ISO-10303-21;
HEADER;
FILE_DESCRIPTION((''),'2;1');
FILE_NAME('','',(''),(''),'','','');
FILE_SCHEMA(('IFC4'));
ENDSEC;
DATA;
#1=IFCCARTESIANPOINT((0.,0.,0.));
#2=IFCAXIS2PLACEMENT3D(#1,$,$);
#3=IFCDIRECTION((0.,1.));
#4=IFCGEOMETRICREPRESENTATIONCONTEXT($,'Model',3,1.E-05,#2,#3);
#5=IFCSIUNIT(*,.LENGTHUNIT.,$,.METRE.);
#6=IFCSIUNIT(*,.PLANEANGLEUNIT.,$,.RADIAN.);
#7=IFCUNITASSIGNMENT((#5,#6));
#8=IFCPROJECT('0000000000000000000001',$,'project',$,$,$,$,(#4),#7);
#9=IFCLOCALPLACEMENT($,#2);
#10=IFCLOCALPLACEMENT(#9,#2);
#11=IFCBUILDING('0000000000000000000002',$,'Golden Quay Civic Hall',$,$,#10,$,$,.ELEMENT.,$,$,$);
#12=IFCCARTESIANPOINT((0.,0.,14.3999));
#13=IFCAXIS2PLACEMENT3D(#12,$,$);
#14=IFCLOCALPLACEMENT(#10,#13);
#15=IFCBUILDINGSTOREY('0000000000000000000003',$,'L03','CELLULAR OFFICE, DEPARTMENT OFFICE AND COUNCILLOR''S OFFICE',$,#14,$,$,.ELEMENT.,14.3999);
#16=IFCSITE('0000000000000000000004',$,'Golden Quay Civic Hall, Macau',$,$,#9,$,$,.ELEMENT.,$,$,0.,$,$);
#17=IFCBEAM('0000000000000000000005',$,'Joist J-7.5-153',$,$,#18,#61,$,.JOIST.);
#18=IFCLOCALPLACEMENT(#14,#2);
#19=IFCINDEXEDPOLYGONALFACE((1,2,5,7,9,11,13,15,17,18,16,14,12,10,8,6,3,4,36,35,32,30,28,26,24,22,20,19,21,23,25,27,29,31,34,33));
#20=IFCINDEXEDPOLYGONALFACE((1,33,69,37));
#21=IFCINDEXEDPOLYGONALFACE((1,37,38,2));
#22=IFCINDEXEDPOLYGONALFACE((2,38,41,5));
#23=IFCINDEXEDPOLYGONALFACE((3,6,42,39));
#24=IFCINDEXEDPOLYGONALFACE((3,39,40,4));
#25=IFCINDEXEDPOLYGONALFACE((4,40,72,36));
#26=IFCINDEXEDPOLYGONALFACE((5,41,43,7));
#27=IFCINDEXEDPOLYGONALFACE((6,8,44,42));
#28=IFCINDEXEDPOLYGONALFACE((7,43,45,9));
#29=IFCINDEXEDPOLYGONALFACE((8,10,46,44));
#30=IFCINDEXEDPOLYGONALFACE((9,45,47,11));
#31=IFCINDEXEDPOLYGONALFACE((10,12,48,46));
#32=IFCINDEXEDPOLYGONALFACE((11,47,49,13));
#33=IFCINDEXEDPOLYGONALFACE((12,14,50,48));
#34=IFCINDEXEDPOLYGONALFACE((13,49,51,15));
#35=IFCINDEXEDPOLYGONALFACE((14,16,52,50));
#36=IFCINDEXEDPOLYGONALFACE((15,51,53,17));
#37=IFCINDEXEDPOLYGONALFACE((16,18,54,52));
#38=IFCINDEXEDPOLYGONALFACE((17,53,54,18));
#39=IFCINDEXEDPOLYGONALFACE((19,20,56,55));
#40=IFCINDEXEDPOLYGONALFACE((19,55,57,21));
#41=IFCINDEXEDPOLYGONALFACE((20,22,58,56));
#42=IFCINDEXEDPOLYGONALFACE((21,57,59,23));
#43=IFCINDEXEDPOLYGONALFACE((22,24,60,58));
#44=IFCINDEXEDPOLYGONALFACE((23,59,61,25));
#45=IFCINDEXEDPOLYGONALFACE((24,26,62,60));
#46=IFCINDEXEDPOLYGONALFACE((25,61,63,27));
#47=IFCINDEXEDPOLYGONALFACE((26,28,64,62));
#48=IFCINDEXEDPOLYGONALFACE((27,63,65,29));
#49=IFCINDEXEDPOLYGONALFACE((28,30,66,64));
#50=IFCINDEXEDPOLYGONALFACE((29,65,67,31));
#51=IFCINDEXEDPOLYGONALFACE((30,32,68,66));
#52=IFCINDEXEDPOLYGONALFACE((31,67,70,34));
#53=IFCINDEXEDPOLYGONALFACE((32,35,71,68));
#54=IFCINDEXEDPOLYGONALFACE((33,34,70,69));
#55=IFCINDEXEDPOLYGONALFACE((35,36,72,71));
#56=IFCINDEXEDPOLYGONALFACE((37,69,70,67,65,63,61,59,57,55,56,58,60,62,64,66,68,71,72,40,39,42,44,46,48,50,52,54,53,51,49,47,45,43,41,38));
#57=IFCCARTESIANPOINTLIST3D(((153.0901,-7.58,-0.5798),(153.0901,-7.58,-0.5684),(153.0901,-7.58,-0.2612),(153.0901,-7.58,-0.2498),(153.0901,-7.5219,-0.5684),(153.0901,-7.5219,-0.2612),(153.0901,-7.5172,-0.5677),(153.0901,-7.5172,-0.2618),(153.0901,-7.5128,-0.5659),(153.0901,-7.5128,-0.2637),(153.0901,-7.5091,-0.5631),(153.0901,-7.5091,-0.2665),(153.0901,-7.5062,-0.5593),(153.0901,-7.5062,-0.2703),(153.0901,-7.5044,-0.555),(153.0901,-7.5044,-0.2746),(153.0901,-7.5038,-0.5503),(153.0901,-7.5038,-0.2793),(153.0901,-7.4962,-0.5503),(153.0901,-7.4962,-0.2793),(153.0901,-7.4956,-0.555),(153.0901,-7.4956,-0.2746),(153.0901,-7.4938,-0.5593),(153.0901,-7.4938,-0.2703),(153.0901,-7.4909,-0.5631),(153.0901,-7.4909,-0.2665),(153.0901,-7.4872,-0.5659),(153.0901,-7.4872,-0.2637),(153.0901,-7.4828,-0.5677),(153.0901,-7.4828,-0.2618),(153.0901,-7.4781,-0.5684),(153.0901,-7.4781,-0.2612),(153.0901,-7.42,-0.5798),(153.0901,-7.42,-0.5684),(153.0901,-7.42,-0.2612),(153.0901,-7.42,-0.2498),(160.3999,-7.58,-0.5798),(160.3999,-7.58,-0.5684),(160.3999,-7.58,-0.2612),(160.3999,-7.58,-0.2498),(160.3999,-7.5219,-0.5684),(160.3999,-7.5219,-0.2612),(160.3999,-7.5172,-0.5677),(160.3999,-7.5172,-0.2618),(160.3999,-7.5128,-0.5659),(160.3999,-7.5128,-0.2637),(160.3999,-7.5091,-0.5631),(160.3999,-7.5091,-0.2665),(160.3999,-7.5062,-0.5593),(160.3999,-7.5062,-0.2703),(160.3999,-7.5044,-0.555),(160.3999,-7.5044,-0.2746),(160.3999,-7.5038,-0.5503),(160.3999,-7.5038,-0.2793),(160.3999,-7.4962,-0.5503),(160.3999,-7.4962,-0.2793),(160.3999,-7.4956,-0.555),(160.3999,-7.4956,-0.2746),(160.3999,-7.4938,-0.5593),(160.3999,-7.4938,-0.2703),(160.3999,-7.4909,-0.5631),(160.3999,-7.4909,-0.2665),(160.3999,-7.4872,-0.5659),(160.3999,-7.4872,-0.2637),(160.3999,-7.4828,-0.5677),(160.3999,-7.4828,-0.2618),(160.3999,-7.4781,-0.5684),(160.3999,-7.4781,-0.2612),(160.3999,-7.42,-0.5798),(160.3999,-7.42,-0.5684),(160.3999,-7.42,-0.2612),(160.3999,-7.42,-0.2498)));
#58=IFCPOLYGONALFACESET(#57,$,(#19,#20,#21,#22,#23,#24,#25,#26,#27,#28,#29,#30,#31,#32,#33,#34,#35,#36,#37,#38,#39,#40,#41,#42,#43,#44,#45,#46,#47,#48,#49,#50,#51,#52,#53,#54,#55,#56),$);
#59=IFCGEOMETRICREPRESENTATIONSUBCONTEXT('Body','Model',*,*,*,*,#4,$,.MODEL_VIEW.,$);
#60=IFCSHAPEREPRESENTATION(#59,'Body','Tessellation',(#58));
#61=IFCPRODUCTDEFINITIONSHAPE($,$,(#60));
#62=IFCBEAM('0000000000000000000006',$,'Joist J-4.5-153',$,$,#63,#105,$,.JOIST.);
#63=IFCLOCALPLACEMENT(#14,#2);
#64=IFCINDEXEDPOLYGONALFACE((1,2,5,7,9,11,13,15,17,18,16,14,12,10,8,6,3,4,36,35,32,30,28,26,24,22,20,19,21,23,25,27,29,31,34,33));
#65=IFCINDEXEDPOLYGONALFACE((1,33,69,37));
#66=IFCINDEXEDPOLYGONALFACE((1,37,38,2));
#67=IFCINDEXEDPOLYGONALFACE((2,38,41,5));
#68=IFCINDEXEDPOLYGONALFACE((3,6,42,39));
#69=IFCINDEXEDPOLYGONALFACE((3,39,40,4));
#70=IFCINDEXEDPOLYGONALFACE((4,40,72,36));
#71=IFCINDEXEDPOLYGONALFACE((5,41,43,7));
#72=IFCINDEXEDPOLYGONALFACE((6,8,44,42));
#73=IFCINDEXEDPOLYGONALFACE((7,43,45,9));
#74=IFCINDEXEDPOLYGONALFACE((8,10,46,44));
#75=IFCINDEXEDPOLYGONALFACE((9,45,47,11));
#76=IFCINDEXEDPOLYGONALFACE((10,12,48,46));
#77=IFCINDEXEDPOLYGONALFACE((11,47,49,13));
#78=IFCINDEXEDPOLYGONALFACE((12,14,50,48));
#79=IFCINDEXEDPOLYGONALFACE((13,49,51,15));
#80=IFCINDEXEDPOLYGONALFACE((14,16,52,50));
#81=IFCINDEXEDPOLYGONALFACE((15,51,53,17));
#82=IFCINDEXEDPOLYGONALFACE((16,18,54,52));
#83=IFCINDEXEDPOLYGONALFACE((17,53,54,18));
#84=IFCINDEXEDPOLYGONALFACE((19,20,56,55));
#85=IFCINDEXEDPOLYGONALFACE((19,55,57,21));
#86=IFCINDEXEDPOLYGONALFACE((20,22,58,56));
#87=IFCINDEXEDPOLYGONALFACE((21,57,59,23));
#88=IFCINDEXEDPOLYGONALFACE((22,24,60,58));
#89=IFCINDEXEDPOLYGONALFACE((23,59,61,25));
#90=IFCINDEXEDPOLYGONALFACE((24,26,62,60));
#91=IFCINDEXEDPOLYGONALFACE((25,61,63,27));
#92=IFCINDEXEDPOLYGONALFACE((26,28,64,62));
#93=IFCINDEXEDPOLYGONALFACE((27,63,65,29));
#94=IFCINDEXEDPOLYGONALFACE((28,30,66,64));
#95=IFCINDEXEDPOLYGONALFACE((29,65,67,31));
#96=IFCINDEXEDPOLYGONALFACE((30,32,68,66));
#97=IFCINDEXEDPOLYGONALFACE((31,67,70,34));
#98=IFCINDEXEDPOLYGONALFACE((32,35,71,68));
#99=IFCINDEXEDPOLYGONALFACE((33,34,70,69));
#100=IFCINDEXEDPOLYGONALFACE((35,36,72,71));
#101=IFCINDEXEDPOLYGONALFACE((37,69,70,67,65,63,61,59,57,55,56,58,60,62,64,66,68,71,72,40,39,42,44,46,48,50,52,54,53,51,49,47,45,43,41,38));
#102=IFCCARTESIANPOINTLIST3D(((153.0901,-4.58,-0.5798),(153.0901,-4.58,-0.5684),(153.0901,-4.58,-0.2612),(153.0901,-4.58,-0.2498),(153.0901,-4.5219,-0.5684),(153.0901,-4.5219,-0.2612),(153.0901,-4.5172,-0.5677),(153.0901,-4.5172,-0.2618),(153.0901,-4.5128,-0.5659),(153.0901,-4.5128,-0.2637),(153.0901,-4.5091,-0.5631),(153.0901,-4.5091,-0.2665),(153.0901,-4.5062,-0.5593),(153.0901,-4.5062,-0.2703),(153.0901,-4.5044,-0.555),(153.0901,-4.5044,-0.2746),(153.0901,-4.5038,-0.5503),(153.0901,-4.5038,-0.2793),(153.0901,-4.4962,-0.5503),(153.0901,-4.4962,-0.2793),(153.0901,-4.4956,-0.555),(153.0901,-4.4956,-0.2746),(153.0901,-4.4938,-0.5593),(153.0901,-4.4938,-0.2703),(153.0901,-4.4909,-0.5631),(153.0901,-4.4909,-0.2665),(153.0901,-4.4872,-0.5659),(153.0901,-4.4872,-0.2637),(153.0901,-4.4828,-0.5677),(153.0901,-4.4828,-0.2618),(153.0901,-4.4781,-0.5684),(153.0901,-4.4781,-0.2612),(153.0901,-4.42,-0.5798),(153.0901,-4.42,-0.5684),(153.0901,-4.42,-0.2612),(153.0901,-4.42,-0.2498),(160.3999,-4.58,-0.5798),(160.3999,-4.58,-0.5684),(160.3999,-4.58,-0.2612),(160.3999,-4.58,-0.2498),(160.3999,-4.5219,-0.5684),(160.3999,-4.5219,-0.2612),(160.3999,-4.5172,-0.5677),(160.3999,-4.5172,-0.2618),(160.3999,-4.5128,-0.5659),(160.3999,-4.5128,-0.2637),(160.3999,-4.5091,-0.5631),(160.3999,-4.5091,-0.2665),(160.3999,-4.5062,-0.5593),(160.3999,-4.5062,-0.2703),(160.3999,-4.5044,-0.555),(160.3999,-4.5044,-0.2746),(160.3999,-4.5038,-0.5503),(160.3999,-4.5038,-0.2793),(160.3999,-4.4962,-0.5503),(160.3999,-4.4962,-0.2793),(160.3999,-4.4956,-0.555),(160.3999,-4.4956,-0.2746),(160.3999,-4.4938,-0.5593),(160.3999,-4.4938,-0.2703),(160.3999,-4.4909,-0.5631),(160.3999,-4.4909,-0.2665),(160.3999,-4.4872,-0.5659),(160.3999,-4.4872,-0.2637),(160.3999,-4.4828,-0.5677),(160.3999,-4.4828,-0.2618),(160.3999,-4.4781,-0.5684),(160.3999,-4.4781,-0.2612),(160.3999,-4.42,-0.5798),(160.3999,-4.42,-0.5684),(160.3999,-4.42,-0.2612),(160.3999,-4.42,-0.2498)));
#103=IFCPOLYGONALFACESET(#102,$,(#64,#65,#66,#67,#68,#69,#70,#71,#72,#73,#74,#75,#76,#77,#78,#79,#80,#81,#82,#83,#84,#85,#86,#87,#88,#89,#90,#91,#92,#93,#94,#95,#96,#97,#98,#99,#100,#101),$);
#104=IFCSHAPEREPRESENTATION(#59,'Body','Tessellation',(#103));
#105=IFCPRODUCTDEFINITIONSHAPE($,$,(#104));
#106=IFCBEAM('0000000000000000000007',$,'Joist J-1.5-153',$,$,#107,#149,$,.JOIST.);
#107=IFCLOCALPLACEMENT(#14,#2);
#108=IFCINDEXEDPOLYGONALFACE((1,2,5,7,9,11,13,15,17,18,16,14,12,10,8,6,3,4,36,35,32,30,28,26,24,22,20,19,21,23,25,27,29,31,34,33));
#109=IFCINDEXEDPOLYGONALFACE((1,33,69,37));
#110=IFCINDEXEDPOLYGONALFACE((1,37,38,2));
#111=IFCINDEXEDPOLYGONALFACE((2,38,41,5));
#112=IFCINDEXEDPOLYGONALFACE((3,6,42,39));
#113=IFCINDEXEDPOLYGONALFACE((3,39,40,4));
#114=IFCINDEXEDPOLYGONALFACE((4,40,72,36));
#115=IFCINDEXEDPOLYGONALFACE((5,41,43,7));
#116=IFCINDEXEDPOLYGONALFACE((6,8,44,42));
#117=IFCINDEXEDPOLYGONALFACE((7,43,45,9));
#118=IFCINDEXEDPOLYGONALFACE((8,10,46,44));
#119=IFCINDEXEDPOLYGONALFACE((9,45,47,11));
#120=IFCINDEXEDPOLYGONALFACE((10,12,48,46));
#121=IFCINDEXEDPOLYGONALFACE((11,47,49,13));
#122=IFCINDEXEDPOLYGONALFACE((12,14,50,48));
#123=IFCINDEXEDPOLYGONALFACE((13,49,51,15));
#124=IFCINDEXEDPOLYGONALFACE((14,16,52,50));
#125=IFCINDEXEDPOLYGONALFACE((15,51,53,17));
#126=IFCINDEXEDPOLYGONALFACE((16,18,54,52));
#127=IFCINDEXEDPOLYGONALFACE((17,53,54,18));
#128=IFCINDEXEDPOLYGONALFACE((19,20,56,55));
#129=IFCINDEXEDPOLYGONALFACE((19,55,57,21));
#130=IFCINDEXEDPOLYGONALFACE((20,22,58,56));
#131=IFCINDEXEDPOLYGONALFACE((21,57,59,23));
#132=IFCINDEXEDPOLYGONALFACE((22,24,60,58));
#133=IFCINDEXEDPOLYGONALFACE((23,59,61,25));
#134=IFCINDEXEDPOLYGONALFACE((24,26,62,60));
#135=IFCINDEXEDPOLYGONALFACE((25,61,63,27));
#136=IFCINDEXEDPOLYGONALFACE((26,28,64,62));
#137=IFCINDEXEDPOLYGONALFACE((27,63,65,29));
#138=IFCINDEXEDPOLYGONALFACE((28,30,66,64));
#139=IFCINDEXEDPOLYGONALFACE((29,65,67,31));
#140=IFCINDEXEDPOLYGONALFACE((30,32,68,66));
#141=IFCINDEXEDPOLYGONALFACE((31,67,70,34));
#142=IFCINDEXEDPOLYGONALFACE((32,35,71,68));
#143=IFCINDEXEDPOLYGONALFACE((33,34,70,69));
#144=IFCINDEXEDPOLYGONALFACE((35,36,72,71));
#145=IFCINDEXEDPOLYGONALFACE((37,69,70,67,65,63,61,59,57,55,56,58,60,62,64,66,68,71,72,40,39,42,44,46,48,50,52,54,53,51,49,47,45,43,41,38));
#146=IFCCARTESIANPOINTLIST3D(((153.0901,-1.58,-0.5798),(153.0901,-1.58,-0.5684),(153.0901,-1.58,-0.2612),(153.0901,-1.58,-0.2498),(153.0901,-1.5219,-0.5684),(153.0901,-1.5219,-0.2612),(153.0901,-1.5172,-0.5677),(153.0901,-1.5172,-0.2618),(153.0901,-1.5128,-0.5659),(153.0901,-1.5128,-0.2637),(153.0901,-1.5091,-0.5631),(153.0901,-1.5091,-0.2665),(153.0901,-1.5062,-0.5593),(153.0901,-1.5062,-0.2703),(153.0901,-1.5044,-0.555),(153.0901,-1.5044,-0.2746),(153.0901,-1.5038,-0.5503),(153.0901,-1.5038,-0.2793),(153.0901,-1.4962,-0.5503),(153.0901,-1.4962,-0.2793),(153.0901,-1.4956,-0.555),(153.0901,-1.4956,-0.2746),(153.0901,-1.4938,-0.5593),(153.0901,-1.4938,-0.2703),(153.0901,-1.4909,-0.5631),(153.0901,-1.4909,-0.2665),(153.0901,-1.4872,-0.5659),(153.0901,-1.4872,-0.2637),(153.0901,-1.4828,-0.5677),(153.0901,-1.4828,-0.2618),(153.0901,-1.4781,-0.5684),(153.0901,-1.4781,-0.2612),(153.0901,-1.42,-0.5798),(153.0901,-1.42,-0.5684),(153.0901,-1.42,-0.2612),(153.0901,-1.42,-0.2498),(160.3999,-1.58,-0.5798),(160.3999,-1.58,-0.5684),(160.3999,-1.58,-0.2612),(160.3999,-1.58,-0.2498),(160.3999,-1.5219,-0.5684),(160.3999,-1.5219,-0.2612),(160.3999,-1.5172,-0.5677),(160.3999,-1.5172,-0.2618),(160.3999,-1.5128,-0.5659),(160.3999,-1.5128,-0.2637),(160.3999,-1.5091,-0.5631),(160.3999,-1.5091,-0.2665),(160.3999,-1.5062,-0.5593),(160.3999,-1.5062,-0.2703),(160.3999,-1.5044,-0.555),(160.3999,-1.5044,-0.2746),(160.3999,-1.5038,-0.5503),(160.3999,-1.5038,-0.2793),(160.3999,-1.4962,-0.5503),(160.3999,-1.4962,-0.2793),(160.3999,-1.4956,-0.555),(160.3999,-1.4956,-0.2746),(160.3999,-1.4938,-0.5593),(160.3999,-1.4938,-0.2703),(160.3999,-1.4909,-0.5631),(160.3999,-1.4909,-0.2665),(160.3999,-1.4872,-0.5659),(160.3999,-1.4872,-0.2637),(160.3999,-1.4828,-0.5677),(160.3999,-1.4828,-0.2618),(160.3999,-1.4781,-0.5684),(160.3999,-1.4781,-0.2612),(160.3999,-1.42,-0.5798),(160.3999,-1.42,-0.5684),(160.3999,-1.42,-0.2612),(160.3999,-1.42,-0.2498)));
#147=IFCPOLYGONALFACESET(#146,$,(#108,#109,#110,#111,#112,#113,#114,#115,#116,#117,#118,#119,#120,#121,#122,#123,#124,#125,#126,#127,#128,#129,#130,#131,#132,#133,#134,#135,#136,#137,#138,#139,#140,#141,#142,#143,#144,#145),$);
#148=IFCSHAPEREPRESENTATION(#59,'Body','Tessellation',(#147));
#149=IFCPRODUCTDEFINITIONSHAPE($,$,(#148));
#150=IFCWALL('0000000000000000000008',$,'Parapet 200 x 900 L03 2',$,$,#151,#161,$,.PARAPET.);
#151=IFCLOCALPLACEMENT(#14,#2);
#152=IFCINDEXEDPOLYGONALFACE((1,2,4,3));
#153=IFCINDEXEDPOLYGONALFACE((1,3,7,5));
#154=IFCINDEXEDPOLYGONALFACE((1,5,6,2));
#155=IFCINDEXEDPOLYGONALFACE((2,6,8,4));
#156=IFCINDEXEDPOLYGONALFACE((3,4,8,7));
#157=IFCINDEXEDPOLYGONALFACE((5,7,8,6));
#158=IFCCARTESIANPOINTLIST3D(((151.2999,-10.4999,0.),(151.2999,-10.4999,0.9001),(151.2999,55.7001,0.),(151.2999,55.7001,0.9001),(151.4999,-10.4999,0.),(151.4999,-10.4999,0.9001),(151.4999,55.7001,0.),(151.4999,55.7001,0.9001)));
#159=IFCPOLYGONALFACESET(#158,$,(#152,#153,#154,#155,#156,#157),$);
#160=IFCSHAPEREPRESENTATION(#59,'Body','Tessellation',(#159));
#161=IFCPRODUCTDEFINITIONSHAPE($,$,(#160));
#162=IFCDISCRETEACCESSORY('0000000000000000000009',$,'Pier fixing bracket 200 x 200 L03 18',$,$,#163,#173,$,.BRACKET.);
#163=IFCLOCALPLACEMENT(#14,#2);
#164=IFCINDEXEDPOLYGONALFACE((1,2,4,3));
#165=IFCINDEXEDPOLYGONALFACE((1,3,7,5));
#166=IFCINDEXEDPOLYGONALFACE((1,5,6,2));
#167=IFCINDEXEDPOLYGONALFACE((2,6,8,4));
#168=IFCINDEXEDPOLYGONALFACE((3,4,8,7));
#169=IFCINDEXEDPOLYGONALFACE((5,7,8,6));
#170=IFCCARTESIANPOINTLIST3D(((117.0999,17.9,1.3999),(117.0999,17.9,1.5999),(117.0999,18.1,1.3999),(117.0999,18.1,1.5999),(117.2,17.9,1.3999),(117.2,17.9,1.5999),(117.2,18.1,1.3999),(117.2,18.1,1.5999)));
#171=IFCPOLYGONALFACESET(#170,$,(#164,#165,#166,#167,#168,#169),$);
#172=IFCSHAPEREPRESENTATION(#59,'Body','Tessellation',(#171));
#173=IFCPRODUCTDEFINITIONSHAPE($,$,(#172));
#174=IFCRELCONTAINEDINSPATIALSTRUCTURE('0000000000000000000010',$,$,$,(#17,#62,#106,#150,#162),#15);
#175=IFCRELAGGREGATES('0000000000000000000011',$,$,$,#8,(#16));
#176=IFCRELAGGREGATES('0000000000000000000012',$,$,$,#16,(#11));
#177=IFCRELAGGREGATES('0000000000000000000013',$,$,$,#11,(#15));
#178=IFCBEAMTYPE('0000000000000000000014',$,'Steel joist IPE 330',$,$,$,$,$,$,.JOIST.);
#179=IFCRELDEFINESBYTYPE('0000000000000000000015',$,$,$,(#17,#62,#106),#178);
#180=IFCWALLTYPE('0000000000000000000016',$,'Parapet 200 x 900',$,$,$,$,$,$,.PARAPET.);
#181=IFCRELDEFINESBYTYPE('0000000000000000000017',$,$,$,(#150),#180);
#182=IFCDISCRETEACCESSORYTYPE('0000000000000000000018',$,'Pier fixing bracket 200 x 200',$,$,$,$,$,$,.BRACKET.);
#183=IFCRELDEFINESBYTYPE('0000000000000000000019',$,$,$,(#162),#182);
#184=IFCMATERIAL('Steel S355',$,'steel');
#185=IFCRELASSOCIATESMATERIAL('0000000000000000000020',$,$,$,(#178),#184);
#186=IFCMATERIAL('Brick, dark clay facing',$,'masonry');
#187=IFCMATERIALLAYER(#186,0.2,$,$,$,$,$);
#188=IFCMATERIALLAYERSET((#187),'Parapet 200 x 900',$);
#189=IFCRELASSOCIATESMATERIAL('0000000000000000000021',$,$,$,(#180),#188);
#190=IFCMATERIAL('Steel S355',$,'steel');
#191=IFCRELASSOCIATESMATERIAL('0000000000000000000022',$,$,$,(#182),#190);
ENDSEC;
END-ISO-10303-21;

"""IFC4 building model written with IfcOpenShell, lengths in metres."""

from ifc_helpers import new_model, si_unit, direction, frame, frame_2d, origin, origin_2d, place, context, subcontext, project, spatial, rectangle, i_section, extrude, material, layer, layer_set, material_profile, profile_set, type_object, element, save


model = new_model("IFC4")

# Units and contexts
model_context = context("Model", 3, precision=1e-05, world=origin(), true_north=direction((0.0, 1.0)))
body_context = subcontext(model_context, "Body", "Model", "MODEL_VIEW")
ifc_project = project(units=[si_unit("LENGTHUNIT", "METRE"), si_unit("PLANEANGLEUNIT", "RADIAN")], contexts=[model_context])

# Site, building, storey
site_placement = place(None, origin())
site = spatial("IfcSite", under=ifc_project, at=site_placement, Name="Golden Quay Civic Hall, Macau", CompositionType="ELEMENT", RefElevation=0.0)
building_placement = place(site_placement, origin())
building = spatial("IfcBuilding", under=site, at=building_placement, Name="Golden Quay Civic Hall", CompositionType="ELEMENT")
storey_placement = place(building_placement, frame((0.0, 0.0, 14.3999)))
storey = spatial("IfcBuildingStorey", under=building, at=storey_placement, Name="L03", Description="CELLULAR OFFICE, DEPARTMENT OFFICE AND COUNCILLOR'S OFFICE", CompositionType="ELEMENT", Elevation=14.3999)

# Beams
ifc_material_1 = material(Name="Steel S355", Category="steel")
ifc_material_profile_1 = material_profile(ifc_material_1, i_section(OverallWidth=0.1599, OverallDepth=0.3301, WebThickness=0.0076, FlangeThickness=0.0115, FilletRadius=0.0181, at=origin_2d()), Name="IPE 330")
ifc_profile_set_1 = profile_set([ifc_material_profile_1], Name="Steel S355")
beam_type_1 = type_object("IfcBeamType", Name="Steel joist IPE 330", PredefinedType="JOIST", material=ifc_profile_set_1)
for number, where, z_axis, x_axis, name in (
    (1, (153.0901, -7.5, -0.4148), (1.0, 0.0, 0.0), (0.0, 1.0, 0.0), "Joist J-7.5-153"),
    (2, (153.0901, -4.5, -0.4148), (1.0, 0.0, 0.0), (0.0, 1.0, 0.0), "Joist J-4.5-153"),
    (3, (153.0901, -1.5, -0.4148), (1.0, 0.0, 0.0), (0.0, 1.0, 0.0), "Joist J-1.5-153"),
):
    element("IfcBeam", number, at=place(storey_placement, frame(where, z_axis=z_axis, x_axis=x_axis)), inside=storey, type_object=beam_type_1, Name=name, PredefinedType="JOIST", context=body_context, shape_type="SweptSolid", body=[
        extrude(i_section(OverallWidth=0.1599, OverallDepth=0.3301, WebThickness=0.0076, FlangeThickness=0.0115, FilletRadius=0.0181, at=origin_2d()), origin(), (0.0, 0.0, 1.0), 7.3098),
    ])

# Wall
ifc_material_2 = material(Name="Brick, dark clay facing", Category="masonry")
ifc_layer_1 = layer(ifc_material_2, 0.2)
ifc_layer_set_1 = layer_set([ifc_layer_1], Name="Parapet 200 x 900")
wall_type = type_object("IfcWallType", Name="Parapet 200 x 900", PredefinedType="PARAPET", material=ifc_layer_set_1)
wall_placement = place(storey_placement, frame((151.3999, -10.5, 0.0), z_axis=(0.0, 0.0, 1.0), x_axis=(0.0, 1.0, 0.0)))
element("IfcWall", 4, at=wall_placement, inside=storey, type_object=wall_type, Name="Parapet 200 x 900 L03 2", PredefinedType="PARAPET", context=body_context, shape_type="SweptSolid", body=[
    extrude(rectangle(XDim=66.2, YDim=0.2, at=frame_2d((33.1001, 0.0))), origin(), (0.0, 0.0, 1.0), 0.9001),
])

# Discrete accessory
ifc_material_3 = material(Name="Steel S355", Category="steel")
discrete_accessory_type = type_object("IfcDiscreteAccessoryType", Name="Pier fixing bracket 200 x 200", PredefinedType="BRACKET", material=ifc_material_3)
discrete_accessory_placement = place(storey_placement, frame((117.1499, 18.0, 1.3999), z_axis=(0.0, 0.0, 1.0), x_axis=(0.0, 1.0, 0.0)))
element("IfcDiscreteAccessory", 5, at=discrete_accessory_placement, inside=storey, type_object=discrete_accessory_type, Name="Pier fixing bracket 200 x 200 L03 18", PredefinedType="BRACKET", context=body_context, shape_type="SweptSolid", body=[
    extrude(rectangle(XDim=0.2, YDim=0.1001, at=origin_2d()), origin(), (0.0, 0.0, 1.0), 0.2),
])

save(model, "model.ifc")
